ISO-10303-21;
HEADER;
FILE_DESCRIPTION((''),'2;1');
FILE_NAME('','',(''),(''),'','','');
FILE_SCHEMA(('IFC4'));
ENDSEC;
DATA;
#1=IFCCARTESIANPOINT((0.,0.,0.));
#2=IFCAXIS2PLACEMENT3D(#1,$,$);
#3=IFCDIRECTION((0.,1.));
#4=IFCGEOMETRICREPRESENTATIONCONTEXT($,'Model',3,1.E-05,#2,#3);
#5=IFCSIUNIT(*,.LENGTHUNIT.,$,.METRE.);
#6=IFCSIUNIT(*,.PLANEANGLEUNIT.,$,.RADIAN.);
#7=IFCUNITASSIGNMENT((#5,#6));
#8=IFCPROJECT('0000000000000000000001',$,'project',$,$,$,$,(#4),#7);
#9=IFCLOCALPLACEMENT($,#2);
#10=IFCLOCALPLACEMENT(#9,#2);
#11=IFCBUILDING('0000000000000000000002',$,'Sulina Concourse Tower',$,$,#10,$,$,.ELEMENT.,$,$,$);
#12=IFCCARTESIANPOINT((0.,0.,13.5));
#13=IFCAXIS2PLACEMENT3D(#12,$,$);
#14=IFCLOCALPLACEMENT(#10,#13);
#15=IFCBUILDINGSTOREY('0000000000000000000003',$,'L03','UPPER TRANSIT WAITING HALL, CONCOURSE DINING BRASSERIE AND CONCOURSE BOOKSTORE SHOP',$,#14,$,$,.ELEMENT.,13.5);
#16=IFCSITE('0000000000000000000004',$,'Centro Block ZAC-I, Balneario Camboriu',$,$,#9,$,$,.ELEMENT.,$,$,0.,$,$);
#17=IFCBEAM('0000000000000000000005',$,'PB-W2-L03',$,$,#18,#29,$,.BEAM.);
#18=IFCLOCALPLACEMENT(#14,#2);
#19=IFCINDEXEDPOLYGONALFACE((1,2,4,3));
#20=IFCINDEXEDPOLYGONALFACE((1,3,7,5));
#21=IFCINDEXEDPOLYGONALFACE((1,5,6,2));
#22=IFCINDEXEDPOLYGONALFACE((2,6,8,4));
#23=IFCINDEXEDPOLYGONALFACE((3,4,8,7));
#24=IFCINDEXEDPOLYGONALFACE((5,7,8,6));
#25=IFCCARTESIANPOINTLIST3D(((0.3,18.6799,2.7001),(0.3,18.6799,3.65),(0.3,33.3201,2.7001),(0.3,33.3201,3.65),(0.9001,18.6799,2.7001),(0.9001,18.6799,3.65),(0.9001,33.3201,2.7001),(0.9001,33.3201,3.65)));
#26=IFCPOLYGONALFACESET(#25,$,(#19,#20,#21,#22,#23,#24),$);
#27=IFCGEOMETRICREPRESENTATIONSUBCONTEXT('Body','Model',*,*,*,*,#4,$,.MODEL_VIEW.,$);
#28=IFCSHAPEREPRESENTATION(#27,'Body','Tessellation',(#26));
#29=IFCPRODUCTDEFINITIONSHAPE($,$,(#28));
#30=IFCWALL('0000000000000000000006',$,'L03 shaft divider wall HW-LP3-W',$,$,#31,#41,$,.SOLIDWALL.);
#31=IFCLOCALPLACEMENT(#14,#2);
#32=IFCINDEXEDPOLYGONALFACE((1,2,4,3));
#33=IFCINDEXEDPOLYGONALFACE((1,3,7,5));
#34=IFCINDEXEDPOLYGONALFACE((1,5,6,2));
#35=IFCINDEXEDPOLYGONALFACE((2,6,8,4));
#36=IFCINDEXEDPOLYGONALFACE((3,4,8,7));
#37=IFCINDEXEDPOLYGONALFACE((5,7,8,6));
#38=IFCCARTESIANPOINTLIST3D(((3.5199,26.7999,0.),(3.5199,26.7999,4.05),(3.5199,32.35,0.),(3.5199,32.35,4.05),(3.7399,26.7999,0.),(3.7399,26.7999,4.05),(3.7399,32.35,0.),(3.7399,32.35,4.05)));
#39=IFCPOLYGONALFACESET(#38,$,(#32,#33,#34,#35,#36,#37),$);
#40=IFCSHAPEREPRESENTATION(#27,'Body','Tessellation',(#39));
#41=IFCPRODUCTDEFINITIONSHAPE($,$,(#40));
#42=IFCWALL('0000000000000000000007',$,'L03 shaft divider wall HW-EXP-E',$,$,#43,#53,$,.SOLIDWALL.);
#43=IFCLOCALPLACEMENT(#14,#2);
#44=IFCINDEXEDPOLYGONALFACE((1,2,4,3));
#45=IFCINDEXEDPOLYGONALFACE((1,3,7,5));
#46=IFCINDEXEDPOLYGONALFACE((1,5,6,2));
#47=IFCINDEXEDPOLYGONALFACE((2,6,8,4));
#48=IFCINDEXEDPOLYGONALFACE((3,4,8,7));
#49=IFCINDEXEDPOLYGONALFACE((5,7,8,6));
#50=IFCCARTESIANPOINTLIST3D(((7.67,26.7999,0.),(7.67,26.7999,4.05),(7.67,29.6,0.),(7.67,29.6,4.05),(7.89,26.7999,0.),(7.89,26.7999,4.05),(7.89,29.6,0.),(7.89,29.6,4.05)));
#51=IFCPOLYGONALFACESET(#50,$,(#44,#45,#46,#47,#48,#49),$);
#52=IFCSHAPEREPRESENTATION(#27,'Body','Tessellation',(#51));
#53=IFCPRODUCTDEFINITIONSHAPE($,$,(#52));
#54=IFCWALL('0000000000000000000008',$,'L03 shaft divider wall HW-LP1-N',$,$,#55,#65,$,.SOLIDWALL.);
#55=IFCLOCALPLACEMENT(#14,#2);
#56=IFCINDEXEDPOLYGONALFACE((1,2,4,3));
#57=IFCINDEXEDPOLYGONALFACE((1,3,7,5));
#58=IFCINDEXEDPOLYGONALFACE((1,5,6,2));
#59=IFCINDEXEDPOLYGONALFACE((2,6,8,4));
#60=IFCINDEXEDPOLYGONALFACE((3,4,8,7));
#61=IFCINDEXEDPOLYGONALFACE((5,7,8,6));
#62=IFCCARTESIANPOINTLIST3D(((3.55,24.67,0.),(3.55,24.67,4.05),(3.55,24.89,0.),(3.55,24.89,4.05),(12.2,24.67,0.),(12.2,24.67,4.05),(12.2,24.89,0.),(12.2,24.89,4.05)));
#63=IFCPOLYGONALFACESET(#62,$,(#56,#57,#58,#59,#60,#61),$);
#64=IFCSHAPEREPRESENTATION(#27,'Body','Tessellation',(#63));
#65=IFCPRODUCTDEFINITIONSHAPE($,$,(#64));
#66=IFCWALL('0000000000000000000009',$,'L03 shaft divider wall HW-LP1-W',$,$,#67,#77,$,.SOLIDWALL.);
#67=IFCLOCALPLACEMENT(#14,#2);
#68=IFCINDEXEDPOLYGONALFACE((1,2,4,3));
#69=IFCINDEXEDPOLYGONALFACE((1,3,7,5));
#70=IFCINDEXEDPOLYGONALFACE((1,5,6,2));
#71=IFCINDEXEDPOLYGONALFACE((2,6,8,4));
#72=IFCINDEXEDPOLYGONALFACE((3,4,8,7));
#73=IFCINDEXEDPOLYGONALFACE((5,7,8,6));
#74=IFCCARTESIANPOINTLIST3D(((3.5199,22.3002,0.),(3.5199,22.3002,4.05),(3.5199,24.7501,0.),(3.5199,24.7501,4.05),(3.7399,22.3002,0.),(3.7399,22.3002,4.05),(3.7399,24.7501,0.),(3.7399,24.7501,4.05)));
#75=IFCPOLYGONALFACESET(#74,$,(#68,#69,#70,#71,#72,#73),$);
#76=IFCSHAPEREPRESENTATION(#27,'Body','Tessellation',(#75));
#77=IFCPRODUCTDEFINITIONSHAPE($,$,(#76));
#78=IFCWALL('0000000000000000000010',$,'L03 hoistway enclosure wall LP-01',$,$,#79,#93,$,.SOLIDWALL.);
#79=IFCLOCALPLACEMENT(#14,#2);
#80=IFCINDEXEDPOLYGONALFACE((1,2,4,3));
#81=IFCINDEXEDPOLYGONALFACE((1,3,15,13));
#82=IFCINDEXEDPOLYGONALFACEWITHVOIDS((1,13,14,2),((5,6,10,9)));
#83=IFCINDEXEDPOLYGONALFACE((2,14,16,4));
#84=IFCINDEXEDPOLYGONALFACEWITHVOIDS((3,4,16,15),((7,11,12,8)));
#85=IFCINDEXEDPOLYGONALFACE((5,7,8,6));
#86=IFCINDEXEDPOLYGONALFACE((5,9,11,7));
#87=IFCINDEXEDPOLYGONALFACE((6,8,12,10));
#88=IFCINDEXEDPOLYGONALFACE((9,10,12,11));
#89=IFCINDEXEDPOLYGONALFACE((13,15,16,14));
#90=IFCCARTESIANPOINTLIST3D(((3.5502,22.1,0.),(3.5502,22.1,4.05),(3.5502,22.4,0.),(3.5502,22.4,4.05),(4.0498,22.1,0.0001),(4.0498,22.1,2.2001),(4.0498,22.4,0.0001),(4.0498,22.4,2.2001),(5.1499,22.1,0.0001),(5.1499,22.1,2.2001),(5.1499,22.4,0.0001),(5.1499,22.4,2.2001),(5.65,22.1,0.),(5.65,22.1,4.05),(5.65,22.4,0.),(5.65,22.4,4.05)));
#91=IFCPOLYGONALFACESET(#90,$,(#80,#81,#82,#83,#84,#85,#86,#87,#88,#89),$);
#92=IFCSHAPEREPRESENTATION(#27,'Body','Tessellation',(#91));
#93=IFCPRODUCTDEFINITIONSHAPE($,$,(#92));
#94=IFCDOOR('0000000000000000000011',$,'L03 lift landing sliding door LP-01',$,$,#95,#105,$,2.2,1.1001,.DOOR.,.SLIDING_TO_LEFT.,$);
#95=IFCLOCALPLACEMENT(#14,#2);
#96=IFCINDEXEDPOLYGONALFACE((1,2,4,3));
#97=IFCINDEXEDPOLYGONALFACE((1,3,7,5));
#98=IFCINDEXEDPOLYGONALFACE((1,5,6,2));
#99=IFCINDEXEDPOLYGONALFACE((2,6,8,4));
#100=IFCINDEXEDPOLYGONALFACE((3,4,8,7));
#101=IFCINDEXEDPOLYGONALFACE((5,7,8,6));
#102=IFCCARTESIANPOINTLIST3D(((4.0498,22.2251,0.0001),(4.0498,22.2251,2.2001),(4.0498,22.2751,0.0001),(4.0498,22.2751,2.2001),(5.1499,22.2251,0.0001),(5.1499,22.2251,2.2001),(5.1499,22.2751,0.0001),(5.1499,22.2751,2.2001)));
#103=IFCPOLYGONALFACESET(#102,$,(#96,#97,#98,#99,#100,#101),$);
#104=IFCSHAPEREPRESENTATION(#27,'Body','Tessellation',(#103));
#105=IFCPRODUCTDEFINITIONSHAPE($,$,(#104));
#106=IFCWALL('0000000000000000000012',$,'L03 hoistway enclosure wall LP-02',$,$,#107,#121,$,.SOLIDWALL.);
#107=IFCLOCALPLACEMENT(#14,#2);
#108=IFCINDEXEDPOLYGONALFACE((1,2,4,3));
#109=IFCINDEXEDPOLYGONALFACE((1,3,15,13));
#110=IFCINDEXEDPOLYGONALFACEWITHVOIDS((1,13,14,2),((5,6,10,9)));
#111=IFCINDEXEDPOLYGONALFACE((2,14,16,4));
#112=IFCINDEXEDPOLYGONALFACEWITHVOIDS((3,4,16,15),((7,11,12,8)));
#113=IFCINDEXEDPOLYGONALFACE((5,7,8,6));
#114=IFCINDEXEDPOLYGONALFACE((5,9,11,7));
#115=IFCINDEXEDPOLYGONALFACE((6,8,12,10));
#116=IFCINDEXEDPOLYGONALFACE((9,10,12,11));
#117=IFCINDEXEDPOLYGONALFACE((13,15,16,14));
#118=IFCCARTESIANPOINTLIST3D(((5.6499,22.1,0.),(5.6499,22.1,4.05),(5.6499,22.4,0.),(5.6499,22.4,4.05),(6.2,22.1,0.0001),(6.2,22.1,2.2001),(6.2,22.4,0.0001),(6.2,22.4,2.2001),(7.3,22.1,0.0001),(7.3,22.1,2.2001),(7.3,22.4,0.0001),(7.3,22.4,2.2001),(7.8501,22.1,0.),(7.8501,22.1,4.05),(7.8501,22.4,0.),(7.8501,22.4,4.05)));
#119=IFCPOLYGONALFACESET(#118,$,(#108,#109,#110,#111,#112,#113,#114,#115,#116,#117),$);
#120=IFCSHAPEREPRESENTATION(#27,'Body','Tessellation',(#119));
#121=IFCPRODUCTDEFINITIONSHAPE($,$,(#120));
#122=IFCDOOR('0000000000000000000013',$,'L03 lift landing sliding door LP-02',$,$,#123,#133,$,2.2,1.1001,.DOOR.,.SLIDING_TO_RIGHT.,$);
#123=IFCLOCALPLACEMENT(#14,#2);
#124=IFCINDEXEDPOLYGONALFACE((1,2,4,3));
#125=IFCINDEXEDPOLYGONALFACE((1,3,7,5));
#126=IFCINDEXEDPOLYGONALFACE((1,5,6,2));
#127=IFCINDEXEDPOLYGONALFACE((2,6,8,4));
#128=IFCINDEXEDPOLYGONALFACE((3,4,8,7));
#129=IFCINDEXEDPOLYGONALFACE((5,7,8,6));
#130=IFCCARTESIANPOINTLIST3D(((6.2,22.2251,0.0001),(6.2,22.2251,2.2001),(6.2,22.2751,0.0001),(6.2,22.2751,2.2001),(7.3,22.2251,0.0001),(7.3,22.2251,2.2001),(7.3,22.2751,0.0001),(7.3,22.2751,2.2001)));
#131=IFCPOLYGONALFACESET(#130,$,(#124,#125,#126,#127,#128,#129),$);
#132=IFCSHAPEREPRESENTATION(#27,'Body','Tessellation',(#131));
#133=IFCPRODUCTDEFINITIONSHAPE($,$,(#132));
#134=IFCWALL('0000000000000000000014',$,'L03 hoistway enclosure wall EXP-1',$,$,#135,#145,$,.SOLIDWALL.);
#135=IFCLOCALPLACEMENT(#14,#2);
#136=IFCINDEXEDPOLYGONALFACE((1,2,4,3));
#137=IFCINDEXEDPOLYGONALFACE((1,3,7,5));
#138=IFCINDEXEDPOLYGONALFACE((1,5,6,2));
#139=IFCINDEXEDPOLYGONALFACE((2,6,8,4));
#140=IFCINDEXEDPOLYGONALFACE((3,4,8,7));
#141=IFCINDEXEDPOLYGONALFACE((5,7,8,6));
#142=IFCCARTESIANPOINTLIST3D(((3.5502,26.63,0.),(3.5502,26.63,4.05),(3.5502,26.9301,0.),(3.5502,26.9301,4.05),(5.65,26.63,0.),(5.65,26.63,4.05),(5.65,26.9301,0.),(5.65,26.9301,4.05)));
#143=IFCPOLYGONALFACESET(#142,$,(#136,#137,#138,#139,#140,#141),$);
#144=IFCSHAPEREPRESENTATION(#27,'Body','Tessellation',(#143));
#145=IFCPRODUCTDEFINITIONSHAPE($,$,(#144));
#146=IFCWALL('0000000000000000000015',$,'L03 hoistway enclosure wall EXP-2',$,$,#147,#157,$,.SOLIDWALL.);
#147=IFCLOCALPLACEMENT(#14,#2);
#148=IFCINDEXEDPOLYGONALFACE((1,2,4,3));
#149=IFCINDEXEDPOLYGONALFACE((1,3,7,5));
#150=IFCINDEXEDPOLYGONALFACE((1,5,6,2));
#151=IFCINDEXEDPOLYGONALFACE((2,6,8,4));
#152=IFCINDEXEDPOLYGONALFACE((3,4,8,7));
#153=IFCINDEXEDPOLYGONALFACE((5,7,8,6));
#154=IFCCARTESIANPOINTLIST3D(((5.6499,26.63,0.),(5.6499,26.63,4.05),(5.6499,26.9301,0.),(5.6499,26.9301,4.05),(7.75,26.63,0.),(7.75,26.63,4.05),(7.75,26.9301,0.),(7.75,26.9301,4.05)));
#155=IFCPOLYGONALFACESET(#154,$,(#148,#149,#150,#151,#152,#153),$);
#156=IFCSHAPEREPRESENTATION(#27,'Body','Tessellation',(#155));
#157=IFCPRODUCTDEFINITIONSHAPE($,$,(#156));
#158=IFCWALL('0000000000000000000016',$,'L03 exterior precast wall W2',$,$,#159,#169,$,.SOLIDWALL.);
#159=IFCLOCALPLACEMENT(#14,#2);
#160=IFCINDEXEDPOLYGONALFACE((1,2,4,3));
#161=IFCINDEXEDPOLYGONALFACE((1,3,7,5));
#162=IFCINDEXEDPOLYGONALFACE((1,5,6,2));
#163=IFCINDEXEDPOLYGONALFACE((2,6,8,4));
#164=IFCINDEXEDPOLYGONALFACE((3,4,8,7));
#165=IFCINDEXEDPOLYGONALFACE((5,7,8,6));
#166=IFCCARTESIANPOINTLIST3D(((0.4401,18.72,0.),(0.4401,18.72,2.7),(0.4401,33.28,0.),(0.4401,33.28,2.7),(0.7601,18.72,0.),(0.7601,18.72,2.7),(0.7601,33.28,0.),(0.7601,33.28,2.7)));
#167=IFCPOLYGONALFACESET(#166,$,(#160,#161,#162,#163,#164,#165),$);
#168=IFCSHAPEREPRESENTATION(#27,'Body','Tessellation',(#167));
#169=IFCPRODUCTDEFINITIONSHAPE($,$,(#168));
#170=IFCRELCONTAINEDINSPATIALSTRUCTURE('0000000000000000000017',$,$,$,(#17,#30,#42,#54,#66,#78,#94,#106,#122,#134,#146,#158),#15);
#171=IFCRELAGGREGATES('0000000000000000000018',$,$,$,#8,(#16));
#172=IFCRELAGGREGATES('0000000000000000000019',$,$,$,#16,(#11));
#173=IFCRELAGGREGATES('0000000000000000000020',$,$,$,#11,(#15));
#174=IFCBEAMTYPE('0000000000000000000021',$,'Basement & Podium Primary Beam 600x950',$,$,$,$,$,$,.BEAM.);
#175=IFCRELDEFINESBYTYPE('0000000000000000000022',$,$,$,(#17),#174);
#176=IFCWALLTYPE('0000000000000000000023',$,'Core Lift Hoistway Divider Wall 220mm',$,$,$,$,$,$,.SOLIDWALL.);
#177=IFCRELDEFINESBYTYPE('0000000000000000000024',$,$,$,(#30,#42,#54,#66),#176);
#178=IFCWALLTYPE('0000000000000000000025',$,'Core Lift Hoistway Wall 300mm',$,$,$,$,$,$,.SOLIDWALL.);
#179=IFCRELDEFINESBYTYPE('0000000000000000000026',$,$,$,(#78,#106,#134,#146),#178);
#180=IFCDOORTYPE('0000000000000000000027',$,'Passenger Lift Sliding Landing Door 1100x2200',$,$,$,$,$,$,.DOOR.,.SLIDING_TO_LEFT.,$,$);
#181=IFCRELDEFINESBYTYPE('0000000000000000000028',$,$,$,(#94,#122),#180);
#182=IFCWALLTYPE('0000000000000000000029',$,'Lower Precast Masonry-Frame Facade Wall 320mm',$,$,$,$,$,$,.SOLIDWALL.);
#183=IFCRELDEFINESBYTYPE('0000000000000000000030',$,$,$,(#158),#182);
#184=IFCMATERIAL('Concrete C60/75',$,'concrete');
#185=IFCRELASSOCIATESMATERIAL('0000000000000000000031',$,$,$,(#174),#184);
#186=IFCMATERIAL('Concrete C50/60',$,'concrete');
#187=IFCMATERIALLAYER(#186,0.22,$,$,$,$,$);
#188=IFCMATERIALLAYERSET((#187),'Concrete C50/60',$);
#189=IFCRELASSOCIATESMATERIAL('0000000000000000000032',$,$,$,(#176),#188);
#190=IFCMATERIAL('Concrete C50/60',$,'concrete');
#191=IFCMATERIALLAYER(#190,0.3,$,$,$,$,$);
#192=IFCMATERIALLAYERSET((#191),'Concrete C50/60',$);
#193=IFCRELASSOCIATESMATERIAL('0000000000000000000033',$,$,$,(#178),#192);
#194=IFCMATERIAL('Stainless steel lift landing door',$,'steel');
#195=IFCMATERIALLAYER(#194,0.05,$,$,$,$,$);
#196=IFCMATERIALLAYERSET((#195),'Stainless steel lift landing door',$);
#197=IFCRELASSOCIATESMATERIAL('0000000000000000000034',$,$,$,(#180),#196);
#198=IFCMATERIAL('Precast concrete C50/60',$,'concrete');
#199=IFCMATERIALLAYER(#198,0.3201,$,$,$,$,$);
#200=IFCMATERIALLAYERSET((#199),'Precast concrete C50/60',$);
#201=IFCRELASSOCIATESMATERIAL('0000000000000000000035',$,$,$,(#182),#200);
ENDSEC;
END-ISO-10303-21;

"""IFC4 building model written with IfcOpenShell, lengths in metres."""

from ifc_helpers import new_model, si_unit, direction, frame, frame_2d, origin, origin_2d, place, context, subcontext, project, spatial, rectangle, extrude, material, layer, layer_set, material_profile, profile_set, type_object, element, fill, save


model = new_model("IFC4")

# Units and contexts
model_context = context("Model", 3, precision=1e-05, world=origin(), true_north=direction((0.0, 1.0)))
body_context = subcontext(model_context, "Body", "Model", "MODEL_VIEW")
ifc_project = project(units=[si_unit("LENGTHUNIT", "METRE"), si_unit("PLANEANGLEUNIT", "RADIAN")], contexts=[model_context])

# Site, building, storey
site_placement = place(None, origin())
site = spatial("IfcSite", under=ifc_project, at=site_placement, Name="Centro Block ZAC-I, Balneario Camboriu", CompositionType="ELEMENT", RefElevation=0.0)
building_placement = place(site_placement, origin())
building = spatial("IfcBuilding", under=site, at=building_placement, Name="Sulina Concourse Tower", CompositionType="ELEMENT")
storey_placement = place(building_placement, frame((0.0, 0.0, 13.5)))
storey = spatial("IfcBuildingStorey", under=building, at=storey_placement, Name="L03", Description="UPPER TRANSIT WAITING HALL, CONCOURSE DINING BRASSERIE AND CONCOURSE BOOKSTORE SHOP", CompositionType="ELEMENT", Elevation=13.5)

# Beam
ifc_material_1 = material(Name="Concrete C60/75", Category="concrete")
ifc_material_profile = material_profile(ifc_material_1, rectangle(XDim=0.6001, YDim=0.95, at=origin_2d()), Name="RC 600x950")
ifc_profile_set = profile_set([ifc_material_profile], Name="Concrete C60/75")
beam_type = type_object("IfcBeamType", Name="Basement & Podium Primary Beam 600x950", PredefinedType="BEAM", material=ifc_profile_set)
beam_placement = place(storey_placement, frame((0.6001, 18.6799, 3.175), z_axis=(0.0, 1.0, 0.0), x_axis=(-1.0, 0.0, 0.0)))
element("IfcBeam", 1, at=beam_placement, inside=storey, type_object=beam_type, Name="PB-W2-L03", PredefinedType="BEAM", context=body_context, shape_type="SweptSolid", body=[
    extrude(rectangle(XDim=0.6001, YDim=0.95, at=origin_2d()), origin(), (0.0, 0.0, 1.0), 14.6401),
])

# Walls
ifc_material_2 = material(Name="Concrete C50/60", Category="concrete")
ifc_layer_1 = layer(ifc_material_2, 0.22)
ifc_layer_set_1 = layer_set([ifc_layer_1], Name="Concrete C50/60")
wall_type_1 = type_object("IfcWallType", Name="Core Lift Hoistway Divider Wall 220mm", PredefinedType="SOLIDWALL", material=ifc_layer_set_1)
wall_1_placement = place(storey_placement, frame((3.6299, 26.8, 0.0), z_axis=(0.0, 0.0, 1.0), x_axis=(0.0, 1.0, 0.0)))
element("IfcWall", 2, at=wall_1_placement, inside=storey, type_object=wall_type_1, Name="L03 shaft divider wall HW-LP3-W", PredefinedType="SOLIDWALL", context=body_context, shape_type="SweptSolid", body=[
    extrude(rectangle(XDim=5.55, YDim=0.22, at=frame_2d((2.7749, 0.0))), origin(), (0.0, 0.0, 1.0), 4.05),
])
wall_2_placement = place(storey_placement, frame((7.78, 26.8, 0.0), z_axis=(0.0, 0.0, 1.0), x_axis=(0.0, 1.0, 0.0)))
element("IfcWall", 3, at=wall_2_placement, inside=storey, type_object=wall_type_1, Name="L03 shaft divider wall HW-EXP-E", PredefinedType="SOLIDWALL", context=body_context, shape_type="SweptSolid", body=[
    extrude(rectangle(XDim=2.8, YDim=0.22, at=frame_2d((1.3999, 0.0))), origin(), (0.0, 0.0, 1.0), 4.05),
])
wall_3_placement = place(storey_placement, frame((3.55, 24.78, 0.0), z_axis=(0.0, 0.0, 1.0), x_axis=(1.0, 0.0, 0.0)))
element("IfcWall", 4, at=wall_3_placement, inside=storey, type_object=wall_type_1, Name="L03 shaft divider wall HW-LP1-N", PredefinedType="SOLIDWALL", context=body_context, shape_type="SweptSolid", body=[
    extrude(rectangle(XDim=8.6499, YDim=0.22, at=frame_2d((4.325, 0.0))), origin(), (0.0, 0.0, 1.0), 4.05),
])
wall_4_placement = place(storey_placement, frame((3.6299, 22.3, 0.0), z_axis=(0.0, 0.0, 1.0), x_axis=(0.0, 1.0, 0.0)))
element("IfcWall", 5, at=wall_4_placement, inside=storey, type_object=wall_type_1, Name="L03 shaft divider wall HW-LP1-W", PredefinedType="SOLIDWALL", context=body_context, shape_type="SweptSolid", body=[
    extrude(rectangle(XDim=2.45, YDim=0.22, at=frame_2d((1.2251, 0.0))), origin(), (0.0, 0.0, 1.0), 4.05),
])

# Walls, openings, doors
ifc_material_3 = material(Name="Concrete C50/60", Category="concrete")
ifc_layer_2 = layer(ifc_material_3, 0.3)
ifc_layer_set_2 = layer_set([ifc_layer_2], Name="Concrete C50/60")
wall_type_2 = type_object("IfcWallType", Name="Core Lift Hoistway Wall 300mm", PredefinedType="SOLIDWALL", material=ifc_layer_set_2)
wall_5_placement = place(storey_placement, frame((5.6499, 22.25, 0.0), z_axis=(0.0, 0.0, 1.0), x_axis=(-1.0, 0.0, 0.0)))
wall_5 = element("IfcWall", 6, at=wall_5_placement, inside=storey, type_object=wall_type_2, Name="L03 hoistway enclosure wall LP-01", PredefinedType="SOLIDWALL", context=body_context, shape_type="SweptSolid", body=[
    extrude(rectangle(XDim=2.0999, YDim=0.3, at=frame_2d((1.0498, 0.0))), origin(), (0.0, 0.0, 1.0), 4.05),
])
opening_1_placement = place(wall_5_placement, frame((0.5, 0.0, 0.0)))
opening_1 = element("IfcOpeningElement", 7, at=opening_1_placement, cuts=wall_5, PredefinedType="OPENING", context=body_context, shape_type="SweptSolid", body=[
    extrude(rectangle(XDim=1.1001, YDim=2.2, at=frame_2d((0.55, 1.1001))), frame((0.0, 0.1599, 0.0), z_axis=(0.0, -1.0, 0.0), x_axis=(1.0, 0.0, 0.0)), (0.0, 0.0, 1.0), 0.3201),
])
ifc_material_4 = material(Name="Stainless steel lift landing door", Category="steel")
ifc_layer_3 = layer(ifc_material_4, 0.05)
ifc_layer_set_3 = layer_set([ifc_layer_3], Name="Stainless steel lift landing door")
door_type_1 = type_object("IfcDoorType", Name="Passenger Lift Sliding Landing Door 1100x2200", OperationType="SLIDING_TO_LEFT", PredefinedType="DOOR", material=ifc_layer_set_3)
door_1_placement = place(opening_1_placement, origin())
door_1 = element("IfcDoor", 8, at=door_1_placement, inside=storey, type_object=door_type_1, Name="L03 lift landing sliding door LP-01", OperationType="SLIDING_TO_LEFT", OverallHeight=2.2, OverallWidth=1.1001, PredefinedType="DOOR", context=body_context, shape_type="SweptSolid", body=[
    extrude(rectangle(XDim=1.1001, YDim=2.2, at=frame_2d((0.55, 1.1001))), frame((0.0, 0.0249, 0.0), z_axis=(0.0, -1.0, 0.0), x_axis=(1.0, 0.0, 0.0)), (0.0, 0.0, 1.0), 0.05),
])
fill(opening_1, door_1)
wall_6_placement = place(storey_placement, frame((7.8501, 22.25, 0.0), z_axis=(0.0, 0.0, 1.0), x_axis=(-1.0, 0.0, 0.0)))
wall_6 = element("IfcWall", 9, at=wall_6_placement, inside=storey, type_object=wall_type_2, Name="L03 hoistway enclosure wall LP-02", PredefinedType="SOLIDWALL", context=body_context, shape_type="SweptSolid", body=[
    extrude(rectangle(XDim=2.2002, YDim=0.3, at=frame_2d((1.1001, 0.0))), origin(), (0.0, 0.0, 1.0), 4.05),
])
opening_2_placement = place(wall_6_placement, frame((0.55, 0.0, 0.0)))
opening_2 = element("IfcOpeningElement", 10, at=opening_2_placement, cuts=wall_6, PredefinedType="OPENING", context=body_context, shape_type="SweptSolid", body=[
    extrude(rectangle(XDim=1.1001, YDim=2.2, at=frame_2d((0.55, 1.1001))), frame((0.0, 0.1599, 0.0), z_axis=(0.0, -1.0, 0.0), x_axis=(1.0, 0.0, 0.0)), (0.0, 0.0, 1.0), 0.3201),
])
door_2_placement = place(opening_2_placement, origin())
door_2 = element("IfcDoor", 11, at=door_2_placement, inside=storey, type_object=door_type_1, Name="L03 lift landing sliding door LP-02", OperationType="SLIDING_TO_RIGHT", OverallHeight=2.2, OverallWidth=1.1001, PredefinedType="DOOR", context=body_context, shape_type="SweptSolid", body=[
    extrude(rectangle(XDim=1.1001, YDim=2.2, at=frame_2d((0.55, 1.1001))), frame((0.0, 0.0249, 0.0), z_axis=(0.0, -1.0, 0.0), x_axis=(1.0, 0.0, 0.0)), (0.0, 0.0, 1.0), 0.05),
])
fill(opening_2, door_2)

# Walls
wall_7_placement = place(storey_placement, frame((5.6499, 26.78, 0.0), z_axis=(0.0, 0.0, 1.0), x_axis=(-1.0, 0.0, 0.0)))
element("IfcWall", 12, at=wall_7_placement, inside=storey, type_object=wall_type_2, Name="L03 hoistway enclosure wall EXP-1", PredefinedType="SOLIDWALL", context=body_context, shape_type="SweptSolid", body=[
    extrude(rectangle(XDim=2.0999, YDim=0.3, at=frame_2d((1.0498, 0.0))), origin(), (0.0, 0.0, 1.0), 4.05),
])
wall_8_placement = place(storey_placement, frame((7.75, 26.78, 0.0), z_axis=(0.0, 0.0, 1.0), x_axis=(-1.0, 0.0, 0.0)))
element("IfcWall", 13, at=wall_8_placement, inside=storey, type_object=wall_type_2, Name="L03 hoistway enclosure wall EXP-2", PredefinedType="SOLIDWALL", context=body_context, shape_type="SweptSolid", body=[
    extrude(rectangle(XDim=2.1001, YDim=0.3, at=frame_2d((1.05, 0.0))), origin(), (0.0, 0.0, 1.0), 4.05),
])
ifc_material_5 = material(Name="Precast concrete C50/60", Category="concrete")
ifc_layer_4 = layer(ifc_material_5, 0.3201)
ifc_layer_set_4 = layer_set([ifc_layer_4], Name="Precast concrete C50/60")
wall_type_3 = type_object("IfcWallType", Name="Lower Precast Masonry-Frame Facade Wall 320mm", PredefinedType="SOLIDWALL", material=ifc_layer_set_4)
wall_9_placement = place(storey_placement, frame((0.6001, 18.72, 0.0), z_axis=(0.0, 0.0, 1.0), x_axis=(0.0, 1.0, 0.0)))
element("IfcWall", 14, at=wall_9_placement, inside=storey, type_object=wall_type_3, Name="L03 exterior precast wall W2", PredefinedType="SOLIDWALL", context=body_context, shape_type="SweptSolid", body=[
    extrude(rectangle(XDim=14.5601, YDim=0.3201, at=frame_2d((7.28, 0.0))), origin(), (0.0, 0.0, 1.0), 2.7),
])

save(model, "model.ifc")
